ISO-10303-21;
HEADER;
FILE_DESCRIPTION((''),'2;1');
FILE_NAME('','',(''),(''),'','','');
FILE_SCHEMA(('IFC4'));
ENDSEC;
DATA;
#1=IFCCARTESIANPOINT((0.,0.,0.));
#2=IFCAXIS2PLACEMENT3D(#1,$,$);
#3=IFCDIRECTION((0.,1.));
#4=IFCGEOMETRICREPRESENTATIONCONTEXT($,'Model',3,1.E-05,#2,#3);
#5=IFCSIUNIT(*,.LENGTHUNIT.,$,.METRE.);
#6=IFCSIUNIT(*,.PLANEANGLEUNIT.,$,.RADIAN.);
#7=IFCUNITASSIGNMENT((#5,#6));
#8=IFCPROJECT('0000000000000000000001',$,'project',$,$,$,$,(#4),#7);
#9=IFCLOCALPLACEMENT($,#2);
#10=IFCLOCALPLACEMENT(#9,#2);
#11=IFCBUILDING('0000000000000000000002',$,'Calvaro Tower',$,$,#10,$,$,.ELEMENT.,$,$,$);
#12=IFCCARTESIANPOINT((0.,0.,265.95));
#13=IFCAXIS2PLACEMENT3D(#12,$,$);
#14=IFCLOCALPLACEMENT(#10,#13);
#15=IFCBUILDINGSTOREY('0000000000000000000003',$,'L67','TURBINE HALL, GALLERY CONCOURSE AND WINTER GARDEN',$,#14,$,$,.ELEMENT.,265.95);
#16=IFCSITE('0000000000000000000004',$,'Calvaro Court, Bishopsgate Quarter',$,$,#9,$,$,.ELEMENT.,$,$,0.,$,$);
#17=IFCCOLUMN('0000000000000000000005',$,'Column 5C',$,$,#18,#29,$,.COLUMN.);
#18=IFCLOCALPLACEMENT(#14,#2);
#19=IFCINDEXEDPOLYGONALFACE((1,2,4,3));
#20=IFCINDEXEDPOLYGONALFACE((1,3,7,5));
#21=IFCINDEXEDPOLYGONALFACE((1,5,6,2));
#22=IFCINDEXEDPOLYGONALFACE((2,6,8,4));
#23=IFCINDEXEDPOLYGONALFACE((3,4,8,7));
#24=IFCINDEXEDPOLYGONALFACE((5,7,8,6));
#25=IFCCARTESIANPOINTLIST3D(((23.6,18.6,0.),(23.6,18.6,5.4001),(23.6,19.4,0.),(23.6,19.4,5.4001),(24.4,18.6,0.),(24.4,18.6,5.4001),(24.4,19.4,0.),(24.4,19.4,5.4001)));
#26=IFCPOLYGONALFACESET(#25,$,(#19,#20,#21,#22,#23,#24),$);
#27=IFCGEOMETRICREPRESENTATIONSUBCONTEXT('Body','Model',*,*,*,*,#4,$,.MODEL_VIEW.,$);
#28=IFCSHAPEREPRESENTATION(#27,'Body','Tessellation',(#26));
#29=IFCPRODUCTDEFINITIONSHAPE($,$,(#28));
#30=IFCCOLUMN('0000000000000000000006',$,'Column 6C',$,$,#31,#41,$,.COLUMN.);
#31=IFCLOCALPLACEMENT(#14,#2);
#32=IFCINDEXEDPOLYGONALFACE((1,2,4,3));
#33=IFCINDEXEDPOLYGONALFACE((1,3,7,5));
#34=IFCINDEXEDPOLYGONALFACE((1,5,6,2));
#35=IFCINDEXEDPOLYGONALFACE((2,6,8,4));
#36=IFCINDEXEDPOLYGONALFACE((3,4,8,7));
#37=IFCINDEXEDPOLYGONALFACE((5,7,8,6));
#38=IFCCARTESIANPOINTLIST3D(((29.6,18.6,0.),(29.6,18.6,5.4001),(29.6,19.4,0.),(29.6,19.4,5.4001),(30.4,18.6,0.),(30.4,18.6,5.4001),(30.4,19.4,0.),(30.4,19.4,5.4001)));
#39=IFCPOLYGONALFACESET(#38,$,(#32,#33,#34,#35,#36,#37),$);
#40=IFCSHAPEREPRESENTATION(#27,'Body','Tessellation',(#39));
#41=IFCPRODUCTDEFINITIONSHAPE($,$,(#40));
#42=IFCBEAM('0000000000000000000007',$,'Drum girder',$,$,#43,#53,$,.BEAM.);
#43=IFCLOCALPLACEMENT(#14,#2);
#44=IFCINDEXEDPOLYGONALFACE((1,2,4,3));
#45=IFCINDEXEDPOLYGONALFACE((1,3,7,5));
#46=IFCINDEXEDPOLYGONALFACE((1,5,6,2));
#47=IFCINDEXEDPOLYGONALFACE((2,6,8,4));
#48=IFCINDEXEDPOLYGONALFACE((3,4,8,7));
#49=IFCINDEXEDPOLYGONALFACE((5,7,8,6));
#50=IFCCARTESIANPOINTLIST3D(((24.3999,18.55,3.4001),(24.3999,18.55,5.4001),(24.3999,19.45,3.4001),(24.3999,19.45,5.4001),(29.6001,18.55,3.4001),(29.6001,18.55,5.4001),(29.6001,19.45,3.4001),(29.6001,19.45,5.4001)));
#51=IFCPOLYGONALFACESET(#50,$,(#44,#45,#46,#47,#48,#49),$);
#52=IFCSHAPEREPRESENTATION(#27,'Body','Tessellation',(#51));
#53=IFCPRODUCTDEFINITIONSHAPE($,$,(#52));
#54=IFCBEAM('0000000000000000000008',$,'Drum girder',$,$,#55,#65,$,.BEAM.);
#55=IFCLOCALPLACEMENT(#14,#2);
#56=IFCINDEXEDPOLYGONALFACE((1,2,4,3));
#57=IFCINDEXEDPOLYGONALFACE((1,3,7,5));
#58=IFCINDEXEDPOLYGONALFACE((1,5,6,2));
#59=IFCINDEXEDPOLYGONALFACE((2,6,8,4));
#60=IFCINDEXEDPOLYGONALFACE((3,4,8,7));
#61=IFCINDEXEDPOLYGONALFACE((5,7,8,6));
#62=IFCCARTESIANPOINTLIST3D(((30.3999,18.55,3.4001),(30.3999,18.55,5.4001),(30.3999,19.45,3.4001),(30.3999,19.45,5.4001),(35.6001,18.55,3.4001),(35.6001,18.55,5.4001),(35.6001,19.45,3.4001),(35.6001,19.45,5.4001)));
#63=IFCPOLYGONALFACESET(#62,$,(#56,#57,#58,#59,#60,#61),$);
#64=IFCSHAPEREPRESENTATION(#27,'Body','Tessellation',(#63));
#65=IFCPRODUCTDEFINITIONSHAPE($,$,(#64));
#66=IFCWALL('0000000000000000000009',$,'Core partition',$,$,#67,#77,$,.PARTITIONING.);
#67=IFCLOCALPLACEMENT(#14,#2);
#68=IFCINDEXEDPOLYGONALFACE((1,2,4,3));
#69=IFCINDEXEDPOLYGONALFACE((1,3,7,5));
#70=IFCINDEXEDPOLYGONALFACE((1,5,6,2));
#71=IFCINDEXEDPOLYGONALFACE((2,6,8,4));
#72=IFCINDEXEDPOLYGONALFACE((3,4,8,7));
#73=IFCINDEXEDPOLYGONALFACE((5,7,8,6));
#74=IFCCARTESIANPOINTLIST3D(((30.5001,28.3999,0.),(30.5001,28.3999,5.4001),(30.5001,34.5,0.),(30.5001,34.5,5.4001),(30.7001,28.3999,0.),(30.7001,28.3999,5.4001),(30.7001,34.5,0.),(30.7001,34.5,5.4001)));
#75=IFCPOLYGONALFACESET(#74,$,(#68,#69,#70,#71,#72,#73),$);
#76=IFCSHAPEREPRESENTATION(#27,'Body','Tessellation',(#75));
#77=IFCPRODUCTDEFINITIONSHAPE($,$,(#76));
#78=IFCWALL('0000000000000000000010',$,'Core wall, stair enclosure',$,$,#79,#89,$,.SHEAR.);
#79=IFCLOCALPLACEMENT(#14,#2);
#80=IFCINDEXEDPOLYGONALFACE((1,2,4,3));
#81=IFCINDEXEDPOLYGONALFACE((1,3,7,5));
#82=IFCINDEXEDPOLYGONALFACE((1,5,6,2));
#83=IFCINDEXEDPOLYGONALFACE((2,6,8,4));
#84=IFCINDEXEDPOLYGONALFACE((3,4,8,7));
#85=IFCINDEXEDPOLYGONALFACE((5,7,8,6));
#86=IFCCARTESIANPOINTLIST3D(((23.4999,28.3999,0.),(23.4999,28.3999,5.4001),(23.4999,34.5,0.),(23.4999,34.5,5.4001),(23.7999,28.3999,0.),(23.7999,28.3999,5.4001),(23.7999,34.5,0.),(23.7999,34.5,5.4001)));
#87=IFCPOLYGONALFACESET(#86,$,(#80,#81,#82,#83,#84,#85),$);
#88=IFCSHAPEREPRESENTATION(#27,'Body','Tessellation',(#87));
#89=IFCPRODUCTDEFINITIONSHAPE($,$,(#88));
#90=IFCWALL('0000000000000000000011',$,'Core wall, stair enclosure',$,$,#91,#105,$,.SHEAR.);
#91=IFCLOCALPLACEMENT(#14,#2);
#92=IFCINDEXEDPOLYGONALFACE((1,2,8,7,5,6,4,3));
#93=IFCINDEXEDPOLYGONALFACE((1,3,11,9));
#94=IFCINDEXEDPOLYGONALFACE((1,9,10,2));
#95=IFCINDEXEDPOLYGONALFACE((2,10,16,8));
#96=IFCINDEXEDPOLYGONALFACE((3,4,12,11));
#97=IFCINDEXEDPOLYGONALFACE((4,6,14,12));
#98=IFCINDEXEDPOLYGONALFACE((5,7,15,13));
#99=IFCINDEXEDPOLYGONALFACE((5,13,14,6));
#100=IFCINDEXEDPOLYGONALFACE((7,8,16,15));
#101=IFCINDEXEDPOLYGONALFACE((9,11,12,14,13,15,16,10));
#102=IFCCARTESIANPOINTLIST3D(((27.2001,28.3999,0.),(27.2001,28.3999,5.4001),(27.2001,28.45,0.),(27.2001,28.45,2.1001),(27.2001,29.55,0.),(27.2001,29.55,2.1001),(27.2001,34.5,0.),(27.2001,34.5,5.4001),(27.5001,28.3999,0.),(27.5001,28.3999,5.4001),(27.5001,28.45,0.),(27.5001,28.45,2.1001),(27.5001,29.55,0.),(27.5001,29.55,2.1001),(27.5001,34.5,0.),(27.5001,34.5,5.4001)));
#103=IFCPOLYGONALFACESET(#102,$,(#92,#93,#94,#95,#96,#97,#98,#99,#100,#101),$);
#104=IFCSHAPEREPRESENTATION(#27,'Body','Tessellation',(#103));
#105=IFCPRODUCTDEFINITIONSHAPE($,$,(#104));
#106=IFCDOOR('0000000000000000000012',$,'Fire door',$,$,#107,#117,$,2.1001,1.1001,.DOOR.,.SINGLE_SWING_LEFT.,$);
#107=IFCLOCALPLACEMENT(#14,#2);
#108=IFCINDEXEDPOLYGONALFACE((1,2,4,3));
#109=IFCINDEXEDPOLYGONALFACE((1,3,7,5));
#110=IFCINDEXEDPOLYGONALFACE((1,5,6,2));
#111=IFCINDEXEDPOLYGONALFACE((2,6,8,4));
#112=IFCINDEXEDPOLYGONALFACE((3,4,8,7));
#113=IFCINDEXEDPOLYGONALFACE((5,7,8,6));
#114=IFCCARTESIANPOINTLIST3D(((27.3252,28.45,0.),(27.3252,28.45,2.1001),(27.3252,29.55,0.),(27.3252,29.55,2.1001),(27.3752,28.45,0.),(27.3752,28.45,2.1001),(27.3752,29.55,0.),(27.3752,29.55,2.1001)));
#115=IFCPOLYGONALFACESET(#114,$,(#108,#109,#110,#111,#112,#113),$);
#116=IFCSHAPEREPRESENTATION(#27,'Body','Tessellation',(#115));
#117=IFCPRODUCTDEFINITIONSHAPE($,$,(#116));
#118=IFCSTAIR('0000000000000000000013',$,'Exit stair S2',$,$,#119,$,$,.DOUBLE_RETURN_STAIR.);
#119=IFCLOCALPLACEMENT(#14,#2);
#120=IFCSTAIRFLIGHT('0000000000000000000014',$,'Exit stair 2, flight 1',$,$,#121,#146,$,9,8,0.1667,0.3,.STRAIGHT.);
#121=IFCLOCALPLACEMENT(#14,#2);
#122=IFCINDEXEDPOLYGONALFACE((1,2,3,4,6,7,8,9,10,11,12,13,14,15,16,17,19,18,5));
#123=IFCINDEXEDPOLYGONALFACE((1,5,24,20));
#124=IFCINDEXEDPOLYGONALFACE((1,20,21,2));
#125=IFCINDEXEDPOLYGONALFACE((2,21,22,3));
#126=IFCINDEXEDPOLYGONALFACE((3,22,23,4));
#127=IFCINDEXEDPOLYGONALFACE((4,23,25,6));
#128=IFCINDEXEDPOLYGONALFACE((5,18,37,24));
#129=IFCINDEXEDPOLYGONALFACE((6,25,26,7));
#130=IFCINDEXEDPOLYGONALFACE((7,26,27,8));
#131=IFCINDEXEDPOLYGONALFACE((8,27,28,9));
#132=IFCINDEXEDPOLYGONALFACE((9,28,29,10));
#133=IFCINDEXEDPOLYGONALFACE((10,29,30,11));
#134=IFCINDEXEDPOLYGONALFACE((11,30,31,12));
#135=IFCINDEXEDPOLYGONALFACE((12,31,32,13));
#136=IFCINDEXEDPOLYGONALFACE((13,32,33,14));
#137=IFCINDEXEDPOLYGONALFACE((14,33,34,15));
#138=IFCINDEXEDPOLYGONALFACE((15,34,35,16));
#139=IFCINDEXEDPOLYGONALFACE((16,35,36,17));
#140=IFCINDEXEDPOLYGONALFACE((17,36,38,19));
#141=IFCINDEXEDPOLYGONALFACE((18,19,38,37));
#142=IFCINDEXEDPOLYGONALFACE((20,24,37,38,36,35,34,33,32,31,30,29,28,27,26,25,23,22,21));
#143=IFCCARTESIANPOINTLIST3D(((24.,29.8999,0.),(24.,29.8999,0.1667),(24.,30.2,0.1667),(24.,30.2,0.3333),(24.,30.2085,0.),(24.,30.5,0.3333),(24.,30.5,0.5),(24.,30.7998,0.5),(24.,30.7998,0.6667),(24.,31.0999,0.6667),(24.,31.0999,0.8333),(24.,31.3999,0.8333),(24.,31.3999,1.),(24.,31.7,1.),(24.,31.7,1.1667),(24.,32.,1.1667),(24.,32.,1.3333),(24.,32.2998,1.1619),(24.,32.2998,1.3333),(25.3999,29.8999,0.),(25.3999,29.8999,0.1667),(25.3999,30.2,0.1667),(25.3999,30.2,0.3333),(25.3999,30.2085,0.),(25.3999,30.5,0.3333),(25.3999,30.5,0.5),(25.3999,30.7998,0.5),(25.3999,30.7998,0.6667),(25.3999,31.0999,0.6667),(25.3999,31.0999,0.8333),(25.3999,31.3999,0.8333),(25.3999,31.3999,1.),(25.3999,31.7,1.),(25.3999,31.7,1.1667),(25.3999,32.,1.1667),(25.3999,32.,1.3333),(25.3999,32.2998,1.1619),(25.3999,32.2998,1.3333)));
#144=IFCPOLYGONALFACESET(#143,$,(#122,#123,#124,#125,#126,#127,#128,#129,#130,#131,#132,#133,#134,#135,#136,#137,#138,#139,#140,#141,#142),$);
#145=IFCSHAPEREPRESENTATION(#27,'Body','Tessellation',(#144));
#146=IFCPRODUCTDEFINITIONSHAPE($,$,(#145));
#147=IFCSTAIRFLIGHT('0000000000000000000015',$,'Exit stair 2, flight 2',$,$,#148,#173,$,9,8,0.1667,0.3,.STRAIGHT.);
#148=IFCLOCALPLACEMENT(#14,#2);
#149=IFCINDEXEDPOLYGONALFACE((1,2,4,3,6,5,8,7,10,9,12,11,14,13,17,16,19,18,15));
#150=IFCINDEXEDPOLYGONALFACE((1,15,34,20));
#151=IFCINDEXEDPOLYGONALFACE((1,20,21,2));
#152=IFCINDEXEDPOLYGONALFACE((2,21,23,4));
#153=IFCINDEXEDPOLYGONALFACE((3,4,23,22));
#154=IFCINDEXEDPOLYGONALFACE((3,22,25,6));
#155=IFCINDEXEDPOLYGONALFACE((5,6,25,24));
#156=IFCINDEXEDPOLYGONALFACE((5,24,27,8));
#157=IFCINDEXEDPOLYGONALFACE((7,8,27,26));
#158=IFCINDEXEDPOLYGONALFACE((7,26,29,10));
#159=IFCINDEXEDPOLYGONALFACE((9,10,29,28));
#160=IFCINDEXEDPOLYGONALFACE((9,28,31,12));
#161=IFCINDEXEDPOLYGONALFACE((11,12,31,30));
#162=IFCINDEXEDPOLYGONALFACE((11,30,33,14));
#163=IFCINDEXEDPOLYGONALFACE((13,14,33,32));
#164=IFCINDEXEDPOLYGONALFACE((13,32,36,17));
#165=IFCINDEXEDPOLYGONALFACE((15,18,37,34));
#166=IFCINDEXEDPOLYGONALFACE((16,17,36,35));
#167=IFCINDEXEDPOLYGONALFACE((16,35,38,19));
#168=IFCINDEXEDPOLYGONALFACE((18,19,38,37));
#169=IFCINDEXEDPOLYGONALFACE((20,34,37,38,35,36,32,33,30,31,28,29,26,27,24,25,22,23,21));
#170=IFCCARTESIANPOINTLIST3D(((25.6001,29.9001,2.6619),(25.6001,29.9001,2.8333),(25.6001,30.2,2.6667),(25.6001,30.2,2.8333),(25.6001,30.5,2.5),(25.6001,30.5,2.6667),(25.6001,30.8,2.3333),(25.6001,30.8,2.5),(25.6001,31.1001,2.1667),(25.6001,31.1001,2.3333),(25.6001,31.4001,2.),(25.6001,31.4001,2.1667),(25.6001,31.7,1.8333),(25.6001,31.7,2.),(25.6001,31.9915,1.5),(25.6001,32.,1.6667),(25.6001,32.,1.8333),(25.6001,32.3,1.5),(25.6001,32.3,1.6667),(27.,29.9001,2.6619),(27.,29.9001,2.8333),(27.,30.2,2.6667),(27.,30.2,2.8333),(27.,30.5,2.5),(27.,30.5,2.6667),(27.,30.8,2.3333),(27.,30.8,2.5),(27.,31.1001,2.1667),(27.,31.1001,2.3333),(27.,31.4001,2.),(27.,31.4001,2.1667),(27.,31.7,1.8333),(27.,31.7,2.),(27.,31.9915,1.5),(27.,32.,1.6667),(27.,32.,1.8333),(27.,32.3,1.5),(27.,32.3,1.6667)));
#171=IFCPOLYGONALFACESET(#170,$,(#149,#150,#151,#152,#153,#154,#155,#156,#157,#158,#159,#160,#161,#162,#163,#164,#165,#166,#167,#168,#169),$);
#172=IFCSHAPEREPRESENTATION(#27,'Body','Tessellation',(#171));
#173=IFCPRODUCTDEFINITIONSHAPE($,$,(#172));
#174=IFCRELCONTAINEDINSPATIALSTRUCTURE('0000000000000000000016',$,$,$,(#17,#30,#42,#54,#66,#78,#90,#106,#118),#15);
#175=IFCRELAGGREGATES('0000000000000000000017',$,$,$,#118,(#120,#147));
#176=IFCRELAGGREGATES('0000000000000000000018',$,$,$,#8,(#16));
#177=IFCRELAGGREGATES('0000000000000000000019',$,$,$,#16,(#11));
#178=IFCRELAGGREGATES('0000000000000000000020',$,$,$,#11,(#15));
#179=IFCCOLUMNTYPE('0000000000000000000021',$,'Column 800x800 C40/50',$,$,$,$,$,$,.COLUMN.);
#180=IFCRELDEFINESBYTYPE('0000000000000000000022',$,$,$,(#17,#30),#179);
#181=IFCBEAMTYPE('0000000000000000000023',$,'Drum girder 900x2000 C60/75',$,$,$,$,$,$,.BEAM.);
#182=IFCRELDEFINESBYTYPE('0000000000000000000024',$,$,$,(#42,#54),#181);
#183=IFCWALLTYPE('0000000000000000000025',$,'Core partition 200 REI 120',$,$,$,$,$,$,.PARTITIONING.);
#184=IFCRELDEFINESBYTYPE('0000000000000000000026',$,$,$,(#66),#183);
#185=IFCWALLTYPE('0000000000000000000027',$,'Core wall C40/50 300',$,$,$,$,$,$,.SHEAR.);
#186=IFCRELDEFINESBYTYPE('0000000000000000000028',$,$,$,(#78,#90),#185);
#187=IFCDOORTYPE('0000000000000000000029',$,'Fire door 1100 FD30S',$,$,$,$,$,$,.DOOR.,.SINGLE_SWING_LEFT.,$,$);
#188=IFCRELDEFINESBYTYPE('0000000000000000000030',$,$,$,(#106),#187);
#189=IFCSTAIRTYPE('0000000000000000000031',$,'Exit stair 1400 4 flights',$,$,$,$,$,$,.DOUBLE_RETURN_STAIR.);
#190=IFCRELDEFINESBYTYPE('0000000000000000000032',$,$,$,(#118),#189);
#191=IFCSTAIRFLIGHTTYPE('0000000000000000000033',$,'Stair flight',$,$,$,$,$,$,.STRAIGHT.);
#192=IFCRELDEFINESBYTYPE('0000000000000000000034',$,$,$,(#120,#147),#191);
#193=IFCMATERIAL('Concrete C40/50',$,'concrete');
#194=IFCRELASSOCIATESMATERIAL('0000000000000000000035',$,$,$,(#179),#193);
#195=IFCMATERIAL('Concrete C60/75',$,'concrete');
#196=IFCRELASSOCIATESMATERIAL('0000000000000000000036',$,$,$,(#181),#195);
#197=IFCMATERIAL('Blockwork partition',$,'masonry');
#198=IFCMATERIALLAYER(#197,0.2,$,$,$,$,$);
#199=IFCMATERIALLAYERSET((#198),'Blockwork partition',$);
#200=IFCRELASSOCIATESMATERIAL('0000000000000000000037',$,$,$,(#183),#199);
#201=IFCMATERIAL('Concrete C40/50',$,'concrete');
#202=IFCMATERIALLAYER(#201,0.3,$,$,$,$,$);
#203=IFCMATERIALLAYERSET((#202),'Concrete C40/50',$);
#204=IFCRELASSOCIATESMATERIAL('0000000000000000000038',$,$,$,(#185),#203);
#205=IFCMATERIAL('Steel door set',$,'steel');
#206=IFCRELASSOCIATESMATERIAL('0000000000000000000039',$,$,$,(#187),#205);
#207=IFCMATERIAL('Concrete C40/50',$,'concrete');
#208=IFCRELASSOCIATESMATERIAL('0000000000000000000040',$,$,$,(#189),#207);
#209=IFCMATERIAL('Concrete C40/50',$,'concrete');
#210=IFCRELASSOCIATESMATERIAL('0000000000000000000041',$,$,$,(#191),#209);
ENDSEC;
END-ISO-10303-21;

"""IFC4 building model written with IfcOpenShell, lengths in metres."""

from ifc_helpers import new_model, si_unit, direction, frame, frame_2d, origin, origin_2d, place, context, subcontext, project, spatial, polyline, rectangle, outline, extrude, material, layer, layer_set, material_profile, profile_set, type_object, element, fill, aggregate, save


model = new_model("IFC4")

# Units and contexts
model_context = context("Model", 3, precision=1e-05, world=origin(), true_north=direction((0.0, 1.0)))
body_context = subcontext(model_context, "Body", "Model", "MODEL_VIEW")
ifc_project = project(units=[si_unit("LENGTHUNIT", "METRE"), si_unit("PLANEANGLEUNIT", "RADIAN")], contexts=[model_context])

# Site, building, storey
site_placement = place(None, origin())
site = spatial("IfcSite", under=ifc_project, at=site_placement, Name="Calvaro Court, Bishopsgate Quarter", CompositionType="ELEMENT", RefElevation=0.0)
building_placement = place(site_placement, origin())
building = spatial("IfcBuilding", under=site, at=building_placement, Name="Calvaro Tower", CompositionType="ELEMENT")
storey_placement = place(building_placement, frame((0.0, 0.0, 265.95)))
storey = spatial("IfcBuildingStorey", under=building, at=storey_placement, Name="L67", Description="TURBINE HALL, GALLERY CONCOURSE AND WINTER GARDEN", CompositionType="ELEMENT", Elevation=265.95)

# Columns
ifc_material_1 = material(Name="Concrete C40/50", Category="concrete")
ifc_material_profile_1 = material_profile(ifc_material_1, rectangle(XDim=0.8, YDim=0.8, at=origin_2d()), Name="RC 800x800")
ifc_profile_set_1 = profile_set([ifc_material_profile_1], Name="Concrete C40/50")
column_type = type_object("IfcColumnType", Name="Column 800x800 C40/50", PredefinedType="COLUMN", material=ifc_profile_set_1)
for number, where, z_axis, x_axis, name in (
    (1, (24.0, 19.0, 0.0), (0.0, 0.0, 1.0), (1.0, 0.0, 0.0), "Column 5C"),
    (2, (30.0, 19.0, 0.0), (0.0, 0.0, 1.0), (1.0, 0.0, 0.0), "Column 6C"),
):
    element("IfcColumn", number, at=place(storey_placement, frame(where, z_axis=z_axis, x_axis=x_axis)), inside=storey, type_object=column_type, Name=name, PredefinedType="COLUMN", context=body_context, shape_type="SweptSolid", body=[
        extrude(rectangle(XDim=0.8, YDim=0.8, at=origin_2d()), origin(), (0.0, 0.0, 1.0), 5.4001),
    ])

# Beams
ifc_material_2 = material(Name="Concrete C60/75", Category="concrete")
ifc_material_profile_2 = material_profile(ifc_material_2, rectangle(XDim=0.8999, YDim=2.0, at=origin_2d()), Name="RC 900x2000")
ifc_profile_set_2 = profile_set([ifc_material_profile_2], Name="Concrete C60/75")
beam_type = type_object("IfcBeamType", Name="Drum girder 900x2000 C60/75", PredefinedType="BEAM", material=ifc_profile_set_2)
for number, where, z_axis, x_axis, name in (
    (3, (24.3999, 19.0, 4.4001), (1.0, 0.0, 0.0), (0.0, 1.0, 0.0), "Drum girder"),
    (4, (30.3999, 19.0, 4.4001), (1.0, 0.0, 0.0), (0.0, 1.0, 0.0), "Drum girder"),
):
    element("IfcBeam", number, at=place(storey_placement, frame(where, z_axis=z_axis, x_axis=x_axis)), inside=storey, type_object=beam_type, Name=name, PredefinedType="BEAM", context=body_context, shape_type="SweptSolid", body=[
        extrude(rectangle(XDim=0.8999, YDim=2.0, at=origin_2d()), origin(), (0.0, 0.0, 1.0), 5.2002),
    ])

# Walls
ifc_material_3 = material(Name="Blockwork partition", Category="masonry")
ifc_layer_1 = layer(ifc_material_3, 0.2)
ifc_layer_set_1 = layer_set([ifc_layer_1], Name="Blockwork partition")
wall_type_1 = type_object("IfcWallType", Name="Core partition 200 REI 120", PredefinedType="PARTITIONING", material=ifc_layer_set_1)
wall_1_placement = place(storey_placement, frame((30.6001, 28.3999, 0.0), z_axis=(0.0, 0.0, 1.0), x_axis=(0.0, 1.0, 0.0)))
element("IfcWall", 5, at=wall_1_placement, inside=storey, type_object=wall_type_1, Name="Core partition", PredefinedType="PARTITIONING", context=body_context, shape_type="SweptSolid", body=[
    extrude(rectangle(XDim=6.1001, YDim=0.2, at=frame_2d((3.05, 0.0))), origin(), (0.0, 0.0, 1.0), 5.4001),
])
ifc_material_4 = material(Name="Concrete C40/50", Category="concrete")
ifc_layer_2 = layer(ifc_material_4, 0.3)
ifc_layer_set_2 = layer_set([ifc_layer_2], Name="Concrete C40/50")
wall_type_2 = type_object("IfcWallType", Name="Core wall C40/50 300", PredefinedType="SHEAR", material=ifc_layer_set_2)
wall_2_placement = place(storey_placement, frame((23.6499, 28.3999, 0.0), z_axis=(0.0, 0.0, 1.0), x_axis=(0.0, 1.0, 0.0)))
element("IfcWall", 6, at=wall_2_placement, inside=storey, type_object=wall_type_2, Name="Core wall, stair enclosure", PredefinedType="SHEAR", context=body_context, shape_type="SweptSolid", body=[
    extrude(rectangle(XDim=6.1001, YDim=0.3, at=frame_2d((3.05, 0.0))), origin(), (0.0, 0.0, 1.0), 5.4001),
])

# Wall, opening, door
wall_3_placement = place(storey_placement, frame((27.3501, 28.3999, 0.0), z_axis=(0.0, 0.0, 1.0), x_axis=(0.0, 1.0, 0.0)))
wall_3 = element("IfcWall", 7, at=wall_3_placement, inside=storey, type_object=wall_type_2, Name="Core wall, stair enclosure", PredefinedType="SHEAR", context=body_context, shape_type="SweptSolid", body=[
    extrude(rectangle(XDim=6.1001, YDim=0.3, at=frame_2d((3.05, 0.0))), origin(), (0.0, 0.0, 1.0), 5.4001),
])
opening_placement = place(wall_3_placement, frame((0.05, 0.0, 0.0)))
opening = element("IfcOpeningElement", 8, at=opening_placement, cuts=wall_3, PredefinedType="OPENING", context=body_context, shape_type="SweptSolid", body=[
    extrude(rectangle(XDim=1.1001, YDim=2.1001, at=frame_2d((0.55, 1.05))), frame((0.0, 0.1599, 0.0), z_axis=(0.0, -1.0, 0.0), x_axis=(1.0, 0.0, 0.0)), (0.0, 0.0, 1.0), 0.3201),
])
ifc_material_5 = material(Name="Steel door set", Category="steel")
door_type = type_object("IfcDoorType", Name="Fire door 1100 FD30S", OperationType="SINGLE_SWING_LEFT", PredefinedType="DOOR", material=ifc_material_5)
door_placement = place(opening_placement, origin())
door = element("IfcDoor", 9, at=door_placement, inside=storey, type_object=door_type, Name="Fire door", OperationType="SINGLE_SWING_LEFT", OverallHeight=2.1001, OverallWidth=1.1001, PredefinedType="DOOR", context=body_context, shape_type="SweptSolid", body=[
    extrude(rectangle(XDim=1.1001, YDim=2.1001, at=frame_2d((0.55, 1.05))), frame((0.0, 0.0249, 0.0), z_axis=(0.0, -1.0, 0.0), x_axis=(1.0, 0.0, 0.0)), (0.0, 0.0, 1.0), 0.05),
])
fill(opening, door)

# Stair, stair flights
ifc_material_6 = material(Name="Concrete C40/50", Category="concrete")
stair_type = type_object("IfcStairType", Name="Exit stair 1400 4 flights", PredefinedType="DOUBLE_RETURN_STAIR", material=ifc_material_6)
stair_placement = place(storey_placement, origin())
stair = element("IfcStair", 10, at=stair_placement, inside=storey, type_object=stair_type, Name="Exit stair S2", PredefinedType="DOUBLE_RETURN_STAIR")
ifc_material_7 = material(Name="Concrete C40/50", Category="concrete")
stair_flight_type = type_object("IfcStairFlightType", Name="Stair flight", PredefinedType="STRAIGHT", material=ifc_material_7)
stair_flight_1_placement = place(storey_placement, frame((24.7, 29.8999, 0.0), z_axis=(0.0, 0.0, 1.0), x_axis=(0.0, 1.0, 0.0)))
stair_flight_1 = element("IfcStairFlight", 11, at=stair_flight_1_placement, type_object=stair_flight_type, Name="Exit stair 2, flight 1", NumberOfRisers=9, NumberOfTreads=8, PredefinedType="STRAIGHT", RiserHeight=0.1667, TreadLength=0.3, context=body_context, shape_type="SweptSolid", body=[
    extrude(outline(polyline([(0.0, 0.0), (0.0, 0.1667), (0.3, 0.1667), (0.3, 0.3333), (0.6001, 0.3333), (0.6001, 0.5), (0.8999, 0.5), (0.8999, 0.6667), (1.2, 0.6667), (1.2, 0.8333), (1.5, 0.8333), (1.5, 1.0), (1.8, 1.0), (1.8, 1.1667), (2.1001, 1.1667), (2.1001, 1.3333), (2.3999, 1.3333), (2.3999, 1.5), (2.3999, 1.1619), (0.3086, 0.0), (0.0, 0.0)])), frame((0.0, 0.7, 0.0), z_axis=(0.0, -1.0, 0.0), x_axis=(1.0, 0.0, 0.0)), (0.0, 0.0, 1.0), 1.3999),
])
stair_flight_2_placement = place(storey_placement, frame((26.3, 32.3, 1.5), z_axis=(0.0, 0.0, 1.0), x_axis=(0.0, -1.0, 0.0)))
stair_flight_2 = element("IfcStairFlight", 12, at=stair_flight_2_placement, type_object=stair_flight_type, Name="Exit stair 2, flight 2", NumberOfRisers=9, NumberOfTreads=8, PredefinedType="STRAIGHT", RiserHeight=0.1667, TreadLength=0.3, context=body_context, shape_type="SweptSolid", body=[
    extrude(outline(polyline([(0.0, 0.0), (0.0, 0.1667), (0.3, 0.1667), (0.3, 0.3333), (0.6001, 0.3333), (0.6001, 0.5), (0.8999, 0.5), (0.8999, 0.6667), (1.2, 0.6667), (1.2, 0.8333), (1.5, 0.8333), (1.5, 1.0), (1.8, 1.0), (1.8, 1.1667), (2.1001, 1.1667), (2.1001, 1.3333), (2.3999, 1.3333), (2.3999, 1.5), (2.3999, 1.1619), (0.3086, 0.0), (0.0, 0.0)])), frame((0.0, 0.7, 0.0), z_axis=(0.0, -1.0, 0.0), x_axis=(1.0, 0.0, 0.0)), (0.0, 0.0, 1.0), 1.3999),
])
aggregate(stair, [stair_flight_1, stair_flight_2])

save(model, "model.ifc")
